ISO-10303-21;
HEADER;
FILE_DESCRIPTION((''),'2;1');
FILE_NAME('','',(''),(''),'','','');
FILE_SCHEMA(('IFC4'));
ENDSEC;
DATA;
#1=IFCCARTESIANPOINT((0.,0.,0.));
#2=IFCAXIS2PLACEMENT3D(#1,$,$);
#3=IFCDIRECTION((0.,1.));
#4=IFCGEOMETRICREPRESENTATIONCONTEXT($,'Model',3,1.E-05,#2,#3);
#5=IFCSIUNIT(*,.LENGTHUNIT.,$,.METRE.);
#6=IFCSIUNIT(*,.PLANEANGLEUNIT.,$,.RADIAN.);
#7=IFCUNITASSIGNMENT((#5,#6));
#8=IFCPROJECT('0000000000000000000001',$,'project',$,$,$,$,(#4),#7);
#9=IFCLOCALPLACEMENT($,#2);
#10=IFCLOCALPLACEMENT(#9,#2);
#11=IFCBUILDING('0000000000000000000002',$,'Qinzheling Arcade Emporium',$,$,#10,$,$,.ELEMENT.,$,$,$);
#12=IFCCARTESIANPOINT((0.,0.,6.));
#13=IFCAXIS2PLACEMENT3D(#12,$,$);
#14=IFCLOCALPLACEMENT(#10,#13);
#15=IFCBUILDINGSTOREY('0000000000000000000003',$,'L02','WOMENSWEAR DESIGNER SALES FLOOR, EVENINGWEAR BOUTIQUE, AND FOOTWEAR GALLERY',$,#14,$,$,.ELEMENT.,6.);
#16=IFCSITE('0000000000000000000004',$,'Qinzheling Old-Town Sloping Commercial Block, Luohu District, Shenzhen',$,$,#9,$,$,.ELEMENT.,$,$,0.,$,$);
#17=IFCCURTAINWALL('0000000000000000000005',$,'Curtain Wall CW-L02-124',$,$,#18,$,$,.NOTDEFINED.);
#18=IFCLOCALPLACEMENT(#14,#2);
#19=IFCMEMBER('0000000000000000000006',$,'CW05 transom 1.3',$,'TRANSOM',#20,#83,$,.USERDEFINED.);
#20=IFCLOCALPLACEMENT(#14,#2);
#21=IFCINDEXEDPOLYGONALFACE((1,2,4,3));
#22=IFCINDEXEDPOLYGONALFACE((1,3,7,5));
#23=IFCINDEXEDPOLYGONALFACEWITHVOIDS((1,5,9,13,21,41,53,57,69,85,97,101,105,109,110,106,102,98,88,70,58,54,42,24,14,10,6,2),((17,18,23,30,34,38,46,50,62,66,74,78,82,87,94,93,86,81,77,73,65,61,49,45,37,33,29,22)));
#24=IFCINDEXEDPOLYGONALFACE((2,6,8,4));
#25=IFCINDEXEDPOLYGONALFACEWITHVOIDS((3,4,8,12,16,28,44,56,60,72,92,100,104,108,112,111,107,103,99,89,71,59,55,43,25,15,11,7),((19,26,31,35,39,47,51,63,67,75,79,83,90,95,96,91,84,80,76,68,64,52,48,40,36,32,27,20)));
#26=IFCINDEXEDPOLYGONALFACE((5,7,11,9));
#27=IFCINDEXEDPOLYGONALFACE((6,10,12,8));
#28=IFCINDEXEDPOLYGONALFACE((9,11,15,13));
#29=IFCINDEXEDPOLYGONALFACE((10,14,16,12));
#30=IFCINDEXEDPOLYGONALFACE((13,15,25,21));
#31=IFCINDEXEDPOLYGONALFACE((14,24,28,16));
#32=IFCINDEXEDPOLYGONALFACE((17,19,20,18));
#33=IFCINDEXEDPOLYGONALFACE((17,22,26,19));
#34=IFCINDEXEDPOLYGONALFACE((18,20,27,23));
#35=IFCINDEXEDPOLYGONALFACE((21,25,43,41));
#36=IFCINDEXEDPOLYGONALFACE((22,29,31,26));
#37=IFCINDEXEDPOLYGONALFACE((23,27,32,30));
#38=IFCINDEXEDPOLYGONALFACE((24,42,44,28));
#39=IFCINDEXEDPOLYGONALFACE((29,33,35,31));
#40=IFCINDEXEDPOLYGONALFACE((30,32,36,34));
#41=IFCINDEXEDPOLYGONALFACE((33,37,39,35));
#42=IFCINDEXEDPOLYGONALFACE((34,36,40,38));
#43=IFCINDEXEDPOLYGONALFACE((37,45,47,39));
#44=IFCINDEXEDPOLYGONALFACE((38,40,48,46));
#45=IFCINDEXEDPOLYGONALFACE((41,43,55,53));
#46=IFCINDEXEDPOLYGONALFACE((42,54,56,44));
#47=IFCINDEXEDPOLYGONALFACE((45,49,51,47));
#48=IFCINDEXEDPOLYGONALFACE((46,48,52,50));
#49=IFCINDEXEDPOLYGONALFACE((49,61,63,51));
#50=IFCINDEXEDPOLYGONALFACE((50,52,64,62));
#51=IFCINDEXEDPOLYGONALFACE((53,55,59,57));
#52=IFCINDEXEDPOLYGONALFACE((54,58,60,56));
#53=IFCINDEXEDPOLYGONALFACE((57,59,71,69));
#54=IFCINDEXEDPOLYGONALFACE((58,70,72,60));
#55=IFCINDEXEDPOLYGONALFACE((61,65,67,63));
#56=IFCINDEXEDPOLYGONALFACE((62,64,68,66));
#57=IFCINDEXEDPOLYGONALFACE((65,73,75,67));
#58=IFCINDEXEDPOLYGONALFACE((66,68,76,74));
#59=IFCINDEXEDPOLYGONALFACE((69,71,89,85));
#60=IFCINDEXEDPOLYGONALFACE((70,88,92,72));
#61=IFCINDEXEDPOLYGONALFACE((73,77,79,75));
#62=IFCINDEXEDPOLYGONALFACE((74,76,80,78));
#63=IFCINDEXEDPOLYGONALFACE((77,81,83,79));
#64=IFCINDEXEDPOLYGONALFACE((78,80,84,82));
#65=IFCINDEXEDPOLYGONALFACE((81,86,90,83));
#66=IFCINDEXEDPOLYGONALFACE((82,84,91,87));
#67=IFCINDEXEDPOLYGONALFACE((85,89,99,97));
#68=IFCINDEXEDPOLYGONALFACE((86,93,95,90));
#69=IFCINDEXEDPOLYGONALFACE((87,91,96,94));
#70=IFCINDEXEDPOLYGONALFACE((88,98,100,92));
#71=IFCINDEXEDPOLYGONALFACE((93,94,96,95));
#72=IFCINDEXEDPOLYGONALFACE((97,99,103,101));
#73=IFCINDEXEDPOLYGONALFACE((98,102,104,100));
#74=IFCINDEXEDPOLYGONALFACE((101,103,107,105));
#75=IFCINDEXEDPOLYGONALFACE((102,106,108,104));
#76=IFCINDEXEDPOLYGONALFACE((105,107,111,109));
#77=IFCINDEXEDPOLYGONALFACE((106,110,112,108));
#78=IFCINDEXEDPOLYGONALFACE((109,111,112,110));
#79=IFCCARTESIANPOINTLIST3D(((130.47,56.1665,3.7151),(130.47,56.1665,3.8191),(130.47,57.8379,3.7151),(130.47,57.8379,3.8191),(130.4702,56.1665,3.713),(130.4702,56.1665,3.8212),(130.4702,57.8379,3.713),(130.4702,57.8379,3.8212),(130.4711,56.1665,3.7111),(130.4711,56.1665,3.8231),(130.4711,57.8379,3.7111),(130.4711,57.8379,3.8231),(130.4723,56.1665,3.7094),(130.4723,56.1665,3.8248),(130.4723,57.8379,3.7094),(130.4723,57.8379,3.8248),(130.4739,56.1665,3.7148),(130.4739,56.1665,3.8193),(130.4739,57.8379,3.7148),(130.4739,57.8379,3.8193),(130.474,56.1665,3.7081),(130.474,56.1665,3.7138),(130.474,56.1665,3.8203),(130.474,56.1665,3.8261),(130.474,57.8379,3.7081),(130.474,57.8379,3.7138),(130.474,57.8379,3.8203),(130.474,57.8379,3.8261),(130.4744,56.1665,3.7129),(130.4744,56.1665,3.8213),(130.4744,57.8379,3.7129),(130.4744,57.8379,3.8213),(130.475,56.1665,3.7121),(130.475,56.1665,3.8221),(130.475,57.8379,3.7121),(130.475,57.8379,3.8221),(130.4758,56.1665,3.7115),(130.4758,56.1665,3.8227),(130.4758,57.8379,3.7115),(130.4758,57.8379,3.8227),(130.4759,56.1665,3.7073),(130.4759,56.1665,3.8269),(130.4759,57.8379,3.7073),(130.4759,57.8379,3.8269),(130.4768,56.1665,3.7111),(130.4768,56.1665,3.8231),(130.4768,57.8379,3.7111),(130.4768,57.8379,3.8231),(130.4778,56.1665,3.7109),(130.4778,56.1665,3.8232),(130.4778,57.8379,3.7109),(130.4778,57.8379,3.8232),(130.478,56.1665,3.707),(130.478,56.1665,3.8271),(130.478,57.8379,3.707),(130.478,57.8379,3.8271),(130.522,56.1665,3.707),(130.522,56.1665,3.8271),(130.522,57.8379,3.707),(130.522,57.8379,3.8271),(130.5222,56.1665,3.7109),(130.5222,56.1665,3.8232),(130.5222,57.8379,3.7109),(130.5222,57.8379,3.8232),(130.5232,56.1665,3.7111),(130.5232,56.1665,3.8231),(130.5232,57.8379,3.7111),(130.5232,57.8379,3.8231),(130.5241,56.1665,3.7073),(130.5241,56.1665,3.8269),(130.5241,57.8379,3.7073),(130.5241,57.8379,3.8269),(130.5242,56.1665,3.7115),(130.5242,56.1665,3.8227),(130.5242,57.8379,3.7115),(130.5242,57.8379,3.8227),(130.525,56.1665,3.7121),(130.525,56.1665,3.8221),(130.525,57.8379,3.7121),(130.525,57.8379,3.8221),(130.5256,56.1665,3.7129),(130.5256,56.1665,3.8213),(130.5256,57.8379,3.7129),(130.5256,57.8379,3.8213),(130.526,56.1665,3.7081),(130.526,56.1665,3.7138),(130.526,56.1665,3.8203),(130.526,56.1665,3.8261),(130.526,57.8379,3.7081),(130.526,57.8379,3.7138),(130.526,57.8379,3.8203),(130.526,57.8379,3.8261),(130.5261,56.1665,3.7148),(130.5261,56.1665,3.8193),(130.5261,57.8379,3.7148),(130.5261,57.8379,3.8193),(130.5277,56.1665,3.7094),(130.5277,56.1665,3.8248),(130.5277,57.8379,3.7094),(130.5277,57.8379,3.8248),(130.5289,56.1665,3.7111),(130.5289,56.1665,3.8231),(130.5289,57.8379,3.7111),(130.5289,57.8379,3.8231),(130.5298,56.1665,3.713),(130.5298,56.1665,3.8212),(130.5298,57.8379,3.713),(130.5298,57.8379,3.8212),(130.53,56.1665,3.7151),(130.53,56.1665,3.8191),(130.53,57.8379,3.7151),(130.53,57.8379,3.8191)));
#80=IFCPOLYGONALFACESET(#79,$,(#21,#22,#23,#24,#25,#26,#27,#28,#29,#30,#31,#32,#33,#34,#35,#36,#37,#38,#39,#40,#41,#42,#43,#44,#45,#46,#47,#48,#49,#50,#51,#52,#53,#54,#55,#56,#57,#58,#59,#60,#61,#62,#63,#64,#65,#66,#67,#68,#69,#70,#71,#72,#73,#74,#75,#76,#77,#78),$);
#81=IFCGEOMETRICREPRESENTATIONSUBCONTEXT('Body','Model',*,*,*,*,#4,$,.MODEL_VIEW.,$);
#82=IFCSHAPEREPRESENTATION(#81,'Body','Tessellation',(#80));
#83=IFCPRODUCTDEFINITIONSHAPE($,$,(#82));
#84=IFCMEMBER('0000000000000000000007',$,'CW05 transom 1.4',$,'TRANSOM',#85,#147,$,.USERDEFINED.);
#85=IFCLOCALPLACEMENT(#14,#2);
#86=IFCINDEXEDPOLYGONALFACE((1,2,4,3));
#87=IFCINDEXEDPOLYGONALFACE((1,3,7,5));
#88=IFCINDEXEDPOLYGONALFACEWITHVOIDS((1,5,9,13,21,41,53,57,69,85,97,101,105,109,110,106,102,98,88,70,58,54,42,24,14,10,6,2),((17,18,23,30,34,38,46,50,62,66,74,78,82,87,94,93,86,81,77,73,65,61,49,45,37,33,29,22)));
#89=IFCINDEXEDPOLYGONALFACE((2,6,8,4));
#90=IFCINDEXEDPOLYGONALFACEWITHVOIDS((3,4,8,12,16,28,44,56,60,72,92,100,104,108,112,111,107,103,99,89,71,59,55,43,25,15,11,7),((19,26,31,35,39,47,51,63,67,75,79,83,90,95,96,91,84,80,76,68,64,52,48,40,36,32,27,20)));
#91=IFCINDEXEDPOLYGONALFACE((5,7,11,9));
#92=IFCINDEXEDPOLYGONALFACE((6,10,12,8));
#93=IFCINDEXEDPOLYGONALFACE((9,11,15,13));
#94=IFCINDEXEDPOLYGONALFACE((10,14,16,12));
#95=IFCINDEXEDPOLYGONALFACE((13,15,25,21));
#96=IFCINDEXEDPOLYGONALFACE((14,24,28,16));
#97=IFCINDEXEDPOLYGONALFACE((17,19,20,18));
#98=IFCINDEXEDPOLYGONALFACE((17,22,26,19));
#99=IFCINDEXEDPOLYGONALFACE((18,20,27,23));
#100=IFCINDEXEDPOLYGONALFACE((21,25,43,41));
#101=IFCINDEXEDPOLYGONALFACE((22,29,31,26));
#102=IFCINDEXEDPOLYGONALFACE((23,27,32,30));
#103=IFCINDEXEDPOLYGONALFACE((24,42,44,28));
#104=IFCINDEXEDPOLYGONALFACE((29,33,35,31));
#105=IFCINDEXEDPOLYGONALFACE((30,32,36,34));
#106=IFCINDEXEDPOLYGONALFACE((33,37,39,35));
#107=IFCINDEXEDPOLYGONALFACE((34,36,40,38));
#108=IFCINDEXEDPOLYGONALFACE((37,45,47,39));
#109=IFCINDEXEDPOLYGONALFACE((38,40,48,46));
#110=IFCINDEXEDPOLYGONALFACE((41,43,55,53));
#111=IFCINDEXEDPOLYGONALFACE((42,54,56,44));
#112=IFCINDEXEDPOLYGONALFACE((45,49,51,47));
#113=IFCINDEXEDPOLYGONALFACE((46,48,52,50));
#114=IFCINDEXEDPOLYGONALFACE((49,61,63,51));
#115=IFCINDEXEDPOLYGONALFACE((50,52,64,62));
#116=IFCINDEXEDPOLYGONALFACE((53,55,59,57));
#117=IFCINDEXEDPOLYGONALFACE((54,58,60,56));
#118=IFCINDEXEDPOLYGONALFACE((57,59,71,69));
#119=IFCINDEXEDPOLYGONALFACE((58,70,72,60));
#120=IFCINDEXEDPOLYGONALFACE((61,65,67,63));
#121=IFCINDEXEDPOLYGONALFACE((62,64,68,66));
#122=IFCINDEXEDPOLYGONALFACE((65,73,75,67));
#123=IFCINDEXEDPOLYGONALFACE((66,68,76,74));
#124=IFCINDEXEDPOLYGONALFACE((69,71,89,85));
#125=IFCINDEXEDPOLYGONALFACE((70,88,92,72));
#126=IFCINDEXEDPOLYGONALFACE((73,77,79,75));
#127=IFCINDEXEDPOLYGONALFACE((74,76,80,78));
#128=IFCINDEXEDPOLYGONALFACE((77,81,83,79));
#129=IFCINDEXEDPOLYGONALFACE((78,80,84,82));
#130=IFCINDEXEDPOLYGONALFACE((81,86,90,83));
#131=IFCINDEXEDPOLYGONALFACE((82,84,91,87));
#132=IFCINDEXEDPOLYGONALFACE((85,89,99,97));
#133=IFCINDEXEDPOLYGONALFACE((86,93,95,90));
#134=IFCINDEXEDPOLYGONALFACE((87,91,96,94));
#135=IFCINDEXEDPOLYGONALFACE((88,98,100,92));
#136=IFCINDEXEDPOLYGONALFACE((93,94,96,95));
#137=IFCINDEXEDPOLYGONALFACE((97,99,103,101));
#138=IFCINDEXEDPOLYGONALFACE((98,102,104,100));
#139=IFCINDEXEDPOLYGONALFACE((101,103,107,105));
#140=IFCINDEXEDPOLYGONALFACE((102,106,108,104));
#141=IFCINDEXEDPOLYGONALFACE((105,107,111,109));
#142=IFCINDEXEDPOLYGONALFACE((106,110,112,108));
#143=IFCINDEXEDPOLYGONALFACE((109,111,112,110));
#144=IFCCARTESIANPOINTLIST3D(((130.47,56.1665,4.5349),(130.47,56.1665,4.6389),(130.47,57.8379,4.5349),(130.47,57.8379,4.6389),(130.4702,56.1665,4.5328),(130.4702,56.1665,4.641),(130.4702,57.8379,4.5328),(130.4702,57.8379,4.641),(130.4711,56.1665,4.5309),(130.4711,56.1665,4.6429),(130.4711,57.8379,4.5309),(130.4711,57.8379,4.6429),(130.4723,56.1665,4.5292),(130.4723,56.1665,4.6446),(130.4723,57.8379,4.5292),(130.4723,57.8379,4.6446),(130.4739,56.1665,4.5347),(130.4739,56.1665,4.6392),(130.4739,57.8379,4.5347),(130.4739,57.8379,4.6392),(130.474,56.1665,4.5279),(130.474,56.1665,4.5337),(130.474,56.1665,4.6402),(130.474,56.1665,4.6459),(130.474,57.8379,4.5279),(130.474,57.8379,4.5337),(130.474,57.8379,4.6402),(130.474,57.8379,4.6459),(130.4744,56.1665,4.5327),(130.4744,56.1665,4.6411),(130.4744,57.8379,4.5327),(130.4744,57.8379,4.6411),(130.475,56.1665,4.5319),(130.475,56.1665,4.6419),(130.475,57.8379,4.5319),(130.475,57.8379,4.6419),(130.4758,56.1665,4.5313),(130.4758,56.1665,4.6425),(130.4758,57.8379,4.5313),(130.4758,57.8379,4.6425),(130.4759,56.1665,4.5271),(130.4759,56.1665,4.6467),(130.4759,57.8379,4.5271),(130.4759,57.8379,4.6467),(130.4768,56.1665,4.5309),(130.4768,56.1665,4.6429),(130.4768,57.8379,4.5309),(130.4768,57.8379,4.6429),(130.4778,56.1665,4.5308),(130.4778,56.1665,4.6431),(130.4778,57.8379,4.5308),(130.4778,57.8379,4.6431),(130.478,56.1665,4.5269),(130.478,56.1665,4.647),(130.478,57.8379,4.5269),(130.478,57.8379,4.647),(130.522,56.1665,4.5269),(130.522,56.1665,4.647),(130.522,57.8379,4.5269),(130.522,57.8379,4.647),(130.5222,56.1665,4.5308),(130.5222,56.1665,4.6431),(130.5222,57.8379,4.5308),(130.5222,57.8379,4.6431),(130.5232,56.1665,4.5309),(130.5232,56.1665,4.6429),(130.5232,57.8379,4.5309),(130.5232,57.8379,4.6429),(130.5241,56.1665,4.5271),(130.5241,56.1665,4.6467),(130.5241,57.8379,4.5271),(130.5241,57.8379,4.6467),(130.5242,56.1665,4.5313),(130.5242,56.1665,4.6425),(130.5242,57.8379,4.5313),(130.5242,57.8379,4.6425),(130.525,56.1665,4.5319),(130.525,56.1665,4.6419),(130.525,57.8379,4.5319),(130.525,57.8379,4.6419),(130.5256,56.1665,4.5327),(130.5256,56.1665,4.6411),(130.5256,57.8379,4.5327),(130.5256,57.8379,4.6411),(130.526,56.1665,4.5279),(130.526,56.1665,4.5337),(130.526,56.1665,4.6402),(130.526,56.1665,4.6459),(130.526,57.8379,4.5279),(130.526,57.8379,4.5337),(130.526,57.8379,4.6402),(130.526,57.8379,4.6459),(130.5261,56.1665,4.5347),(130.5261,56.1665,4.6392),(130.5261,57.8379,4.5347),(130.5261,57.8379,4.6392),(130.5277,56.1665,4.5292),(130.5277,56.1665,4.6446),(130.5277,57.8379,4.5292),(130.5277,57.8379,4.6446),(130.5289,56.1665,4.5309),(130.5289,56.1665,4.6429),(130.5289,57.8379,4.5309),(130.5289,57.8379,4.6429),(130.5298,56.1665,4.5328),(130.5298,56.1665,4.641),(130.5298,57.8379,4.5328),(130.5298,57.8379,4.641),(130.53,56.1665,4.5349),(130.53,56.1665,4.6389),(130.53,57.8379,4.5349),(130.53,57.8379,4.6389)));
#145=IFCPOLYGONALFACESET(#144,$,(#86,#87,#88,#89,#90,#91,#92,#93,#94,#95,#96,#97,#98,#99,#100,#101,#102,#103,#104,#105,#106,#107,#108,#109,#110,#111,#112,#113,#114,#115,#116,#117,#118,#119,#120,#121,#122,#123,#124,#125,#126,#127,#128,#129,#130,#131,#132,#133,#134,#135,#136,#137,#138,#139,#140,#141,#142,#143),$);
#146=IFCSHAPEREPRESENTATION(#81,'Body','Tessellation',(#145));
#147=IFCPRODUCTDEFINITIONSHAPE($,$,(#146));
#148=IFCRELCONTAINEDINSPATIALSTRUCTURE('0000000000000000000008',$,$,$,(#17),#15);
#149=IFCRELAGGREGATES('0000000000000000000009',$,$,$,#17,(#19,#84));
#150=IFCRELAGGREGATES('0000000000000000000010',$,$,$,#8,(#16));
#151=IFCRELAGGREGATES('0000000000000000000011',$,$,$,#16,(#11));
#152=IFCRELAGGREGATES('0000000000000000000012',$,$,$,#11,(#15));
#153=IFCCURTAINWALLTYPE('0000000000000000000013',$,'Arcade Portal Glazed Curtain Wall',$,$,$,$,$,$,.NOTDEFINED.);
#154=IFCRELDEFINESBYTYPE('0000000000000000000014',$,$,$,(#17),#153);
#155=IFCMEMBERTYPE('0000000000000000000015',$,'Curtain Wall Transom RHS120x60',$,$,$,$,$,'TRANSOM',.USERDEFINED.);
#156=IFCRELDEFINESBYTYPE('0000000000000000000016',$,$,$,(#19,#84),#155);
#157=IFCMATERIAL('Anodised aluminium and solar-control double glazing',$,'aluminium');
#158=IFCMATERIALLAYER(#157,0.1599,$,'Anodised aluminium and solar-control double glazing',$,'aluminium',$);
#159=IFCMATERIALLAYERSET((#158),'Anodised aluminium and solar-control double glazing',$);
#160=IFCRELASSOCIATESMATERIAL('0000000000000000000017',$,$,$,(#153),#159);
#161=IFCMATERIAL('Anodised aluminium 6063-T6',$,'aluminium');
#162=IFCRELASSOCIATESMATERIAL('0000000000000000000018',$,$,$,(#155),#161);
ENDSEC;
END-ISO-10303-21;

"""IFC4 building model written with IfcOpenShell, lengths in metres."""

from ifc_helpers import new_model, si_unit, direction, frame, origin, origin_2d, place, context, subcontext, project, spatial, hollow_rectangle, extrude, material, layer, layer_set, material_profile, profile_set, type_object, element, aggregate, save


model = new_model("IFC4")

# Units and contexts
model_context = context("Model", 3, precision=1e-05, world=origin(), true_north=direction((0.0, 1.0)))
body_context = subcontext(model_context, "Body", "Model", "MODEL_VIEW")
ifc_project = project(units=[si_unit("LENGTHUNIT", "METRE"), si_unit("PLANEANGLEUNIT", "RADIAN")], contexts=[model_context])

# Site, building, storey
site_placement = place(None, origin())
site = spatial("IfcSite", under=ifc_project, at=site_placement, Name="Qinzheling Old-Town Sloping Commercial Block, Luohu District, Shenzhen", CompositionType="ELEMENT", RefElevation=0.0)
building_placement = place(site_placement, origin())
building = spatial("IfcBuilding", under=site, at=building_placement, Name="Qinzheling Arcade Emporium", CompositionType="ELEMENT")
storey_placement = place(building_placement, frame((0.0, 0.0, 6.0)))
storey = spatial("IfcBuildingStorey", under=building, at=storey_placement, Name="L02", Description="WOMENSWEAR DESIGNER SALES FLOOR, EVENINGWEAR BOUTIQUE, AND FOOTWEAR GALLERY", CompositionType="ELEMENT", Elevation=6.0)

# Shared definitions
ifc_material_1 = material(Name="Anodised aluminium and solar-control double glazing", Category="aluminium")
ifc_layer_1 = layer(ifc_material_1, 0.1599, Name="Anodised aluminium and solar-control double glazing", Category="aluminium")
ifc_layer_set_1 = layer_set([ifc_layer_1], Name="Anodised aluminium and solar-control double glazing")
curtain_wall_type = type_object("IfcCurtainWallType", Name="Arcade Portal Glazed Curtain Wall", PredefinedType="NOTDEFINED", material=ifc_layer_set_1)
ifc_material_2 = material(Name="Anodised aluminium 6063-T6", Category="aluminium")

# Curtain wall, members
curtain_wall_1_placement = place(storey_placement, origin())
curtain_wall_1 = element("IfcCurtainWall", 1, at=curtain_wall_1_placement, inside=storey, type_object=curtain_wall_type, Name="Curtain Wall CW-L02-124", PredefinedType="NOTDEFINED")
ifc_material_profile_1 = material_profile(ifc_material_2, hollow_rectangle(XDim=0.0601, YDim=0.1201, WallThickness=0.0039, InnerFilletRadius=0.0039, OuterFilletRadius=0.0081, at=origin_2d()), Name="RHS 120x60x4", Category="aluminium")
ifc_profile_set_1 = profile_set([ifc_material_profile_1], Name="Anodised aluminium 6063-T6")
member_type_1 = type_object("IfcMemberType", Name="Curtain Wall Transom RHS120x60", ElementType="TRANSOM", PredefinedType="USERDEFINED", material=ifc_profile_set_1)
member_1_placement = place(storey_placement, frame((130.5, 57.8379, 3.7671), z_axis=(0.0, -1.0, 0.0), x_axis=(1.0, 0.0, 0.0)))
member_1 = element("IfcMember", 2, at=member_1_placement, type_object=member_type_1, Name="CW05 transom 1.3", ObjectType="TRANSOM", PredefinedType="USERDEFINED", context=body_context, shape_type="SweptSolid", body=[
    extrude(hollow_rectangle(XDim=0.0601, YDim=0.1201, WallThickness=0.0039, InnerFilletRadius=0.0039, OuterFilletRadius=0.0081, at=origin_2d()), origin(), (0.0, 0.0, 1.0), 1.6714),
])
member_2_placement = place(storey_placement, frame((130.5, 57.8379, 4.5869), z_axis=(0.0, -1.0, 0.0), x_axis=(1.0, 0.0, 0.0)))
member_2 = element("IfcMember", 3, at=member_2_placement, type_object=member_type_1, Name="CW05 transom 1.4", ObjectType="TRANSOM", PredefinedType="USERDEFINED", context=body_context, shape_type="SweptSolid", body=[
    extrude(hollow_rectangle(XDim=0.0601, YDim=0.1201, WallThickness=0.0039, InnerFilletRadius=0.0039, OuterFilletRadius=0.0081, at=origin_2d()), origin(), (0.0, 0.0, 1.0), 1.6714),
])
aggregate(curtain_wall_1, [member_1, member_2])

save(model, "model.ifc")
